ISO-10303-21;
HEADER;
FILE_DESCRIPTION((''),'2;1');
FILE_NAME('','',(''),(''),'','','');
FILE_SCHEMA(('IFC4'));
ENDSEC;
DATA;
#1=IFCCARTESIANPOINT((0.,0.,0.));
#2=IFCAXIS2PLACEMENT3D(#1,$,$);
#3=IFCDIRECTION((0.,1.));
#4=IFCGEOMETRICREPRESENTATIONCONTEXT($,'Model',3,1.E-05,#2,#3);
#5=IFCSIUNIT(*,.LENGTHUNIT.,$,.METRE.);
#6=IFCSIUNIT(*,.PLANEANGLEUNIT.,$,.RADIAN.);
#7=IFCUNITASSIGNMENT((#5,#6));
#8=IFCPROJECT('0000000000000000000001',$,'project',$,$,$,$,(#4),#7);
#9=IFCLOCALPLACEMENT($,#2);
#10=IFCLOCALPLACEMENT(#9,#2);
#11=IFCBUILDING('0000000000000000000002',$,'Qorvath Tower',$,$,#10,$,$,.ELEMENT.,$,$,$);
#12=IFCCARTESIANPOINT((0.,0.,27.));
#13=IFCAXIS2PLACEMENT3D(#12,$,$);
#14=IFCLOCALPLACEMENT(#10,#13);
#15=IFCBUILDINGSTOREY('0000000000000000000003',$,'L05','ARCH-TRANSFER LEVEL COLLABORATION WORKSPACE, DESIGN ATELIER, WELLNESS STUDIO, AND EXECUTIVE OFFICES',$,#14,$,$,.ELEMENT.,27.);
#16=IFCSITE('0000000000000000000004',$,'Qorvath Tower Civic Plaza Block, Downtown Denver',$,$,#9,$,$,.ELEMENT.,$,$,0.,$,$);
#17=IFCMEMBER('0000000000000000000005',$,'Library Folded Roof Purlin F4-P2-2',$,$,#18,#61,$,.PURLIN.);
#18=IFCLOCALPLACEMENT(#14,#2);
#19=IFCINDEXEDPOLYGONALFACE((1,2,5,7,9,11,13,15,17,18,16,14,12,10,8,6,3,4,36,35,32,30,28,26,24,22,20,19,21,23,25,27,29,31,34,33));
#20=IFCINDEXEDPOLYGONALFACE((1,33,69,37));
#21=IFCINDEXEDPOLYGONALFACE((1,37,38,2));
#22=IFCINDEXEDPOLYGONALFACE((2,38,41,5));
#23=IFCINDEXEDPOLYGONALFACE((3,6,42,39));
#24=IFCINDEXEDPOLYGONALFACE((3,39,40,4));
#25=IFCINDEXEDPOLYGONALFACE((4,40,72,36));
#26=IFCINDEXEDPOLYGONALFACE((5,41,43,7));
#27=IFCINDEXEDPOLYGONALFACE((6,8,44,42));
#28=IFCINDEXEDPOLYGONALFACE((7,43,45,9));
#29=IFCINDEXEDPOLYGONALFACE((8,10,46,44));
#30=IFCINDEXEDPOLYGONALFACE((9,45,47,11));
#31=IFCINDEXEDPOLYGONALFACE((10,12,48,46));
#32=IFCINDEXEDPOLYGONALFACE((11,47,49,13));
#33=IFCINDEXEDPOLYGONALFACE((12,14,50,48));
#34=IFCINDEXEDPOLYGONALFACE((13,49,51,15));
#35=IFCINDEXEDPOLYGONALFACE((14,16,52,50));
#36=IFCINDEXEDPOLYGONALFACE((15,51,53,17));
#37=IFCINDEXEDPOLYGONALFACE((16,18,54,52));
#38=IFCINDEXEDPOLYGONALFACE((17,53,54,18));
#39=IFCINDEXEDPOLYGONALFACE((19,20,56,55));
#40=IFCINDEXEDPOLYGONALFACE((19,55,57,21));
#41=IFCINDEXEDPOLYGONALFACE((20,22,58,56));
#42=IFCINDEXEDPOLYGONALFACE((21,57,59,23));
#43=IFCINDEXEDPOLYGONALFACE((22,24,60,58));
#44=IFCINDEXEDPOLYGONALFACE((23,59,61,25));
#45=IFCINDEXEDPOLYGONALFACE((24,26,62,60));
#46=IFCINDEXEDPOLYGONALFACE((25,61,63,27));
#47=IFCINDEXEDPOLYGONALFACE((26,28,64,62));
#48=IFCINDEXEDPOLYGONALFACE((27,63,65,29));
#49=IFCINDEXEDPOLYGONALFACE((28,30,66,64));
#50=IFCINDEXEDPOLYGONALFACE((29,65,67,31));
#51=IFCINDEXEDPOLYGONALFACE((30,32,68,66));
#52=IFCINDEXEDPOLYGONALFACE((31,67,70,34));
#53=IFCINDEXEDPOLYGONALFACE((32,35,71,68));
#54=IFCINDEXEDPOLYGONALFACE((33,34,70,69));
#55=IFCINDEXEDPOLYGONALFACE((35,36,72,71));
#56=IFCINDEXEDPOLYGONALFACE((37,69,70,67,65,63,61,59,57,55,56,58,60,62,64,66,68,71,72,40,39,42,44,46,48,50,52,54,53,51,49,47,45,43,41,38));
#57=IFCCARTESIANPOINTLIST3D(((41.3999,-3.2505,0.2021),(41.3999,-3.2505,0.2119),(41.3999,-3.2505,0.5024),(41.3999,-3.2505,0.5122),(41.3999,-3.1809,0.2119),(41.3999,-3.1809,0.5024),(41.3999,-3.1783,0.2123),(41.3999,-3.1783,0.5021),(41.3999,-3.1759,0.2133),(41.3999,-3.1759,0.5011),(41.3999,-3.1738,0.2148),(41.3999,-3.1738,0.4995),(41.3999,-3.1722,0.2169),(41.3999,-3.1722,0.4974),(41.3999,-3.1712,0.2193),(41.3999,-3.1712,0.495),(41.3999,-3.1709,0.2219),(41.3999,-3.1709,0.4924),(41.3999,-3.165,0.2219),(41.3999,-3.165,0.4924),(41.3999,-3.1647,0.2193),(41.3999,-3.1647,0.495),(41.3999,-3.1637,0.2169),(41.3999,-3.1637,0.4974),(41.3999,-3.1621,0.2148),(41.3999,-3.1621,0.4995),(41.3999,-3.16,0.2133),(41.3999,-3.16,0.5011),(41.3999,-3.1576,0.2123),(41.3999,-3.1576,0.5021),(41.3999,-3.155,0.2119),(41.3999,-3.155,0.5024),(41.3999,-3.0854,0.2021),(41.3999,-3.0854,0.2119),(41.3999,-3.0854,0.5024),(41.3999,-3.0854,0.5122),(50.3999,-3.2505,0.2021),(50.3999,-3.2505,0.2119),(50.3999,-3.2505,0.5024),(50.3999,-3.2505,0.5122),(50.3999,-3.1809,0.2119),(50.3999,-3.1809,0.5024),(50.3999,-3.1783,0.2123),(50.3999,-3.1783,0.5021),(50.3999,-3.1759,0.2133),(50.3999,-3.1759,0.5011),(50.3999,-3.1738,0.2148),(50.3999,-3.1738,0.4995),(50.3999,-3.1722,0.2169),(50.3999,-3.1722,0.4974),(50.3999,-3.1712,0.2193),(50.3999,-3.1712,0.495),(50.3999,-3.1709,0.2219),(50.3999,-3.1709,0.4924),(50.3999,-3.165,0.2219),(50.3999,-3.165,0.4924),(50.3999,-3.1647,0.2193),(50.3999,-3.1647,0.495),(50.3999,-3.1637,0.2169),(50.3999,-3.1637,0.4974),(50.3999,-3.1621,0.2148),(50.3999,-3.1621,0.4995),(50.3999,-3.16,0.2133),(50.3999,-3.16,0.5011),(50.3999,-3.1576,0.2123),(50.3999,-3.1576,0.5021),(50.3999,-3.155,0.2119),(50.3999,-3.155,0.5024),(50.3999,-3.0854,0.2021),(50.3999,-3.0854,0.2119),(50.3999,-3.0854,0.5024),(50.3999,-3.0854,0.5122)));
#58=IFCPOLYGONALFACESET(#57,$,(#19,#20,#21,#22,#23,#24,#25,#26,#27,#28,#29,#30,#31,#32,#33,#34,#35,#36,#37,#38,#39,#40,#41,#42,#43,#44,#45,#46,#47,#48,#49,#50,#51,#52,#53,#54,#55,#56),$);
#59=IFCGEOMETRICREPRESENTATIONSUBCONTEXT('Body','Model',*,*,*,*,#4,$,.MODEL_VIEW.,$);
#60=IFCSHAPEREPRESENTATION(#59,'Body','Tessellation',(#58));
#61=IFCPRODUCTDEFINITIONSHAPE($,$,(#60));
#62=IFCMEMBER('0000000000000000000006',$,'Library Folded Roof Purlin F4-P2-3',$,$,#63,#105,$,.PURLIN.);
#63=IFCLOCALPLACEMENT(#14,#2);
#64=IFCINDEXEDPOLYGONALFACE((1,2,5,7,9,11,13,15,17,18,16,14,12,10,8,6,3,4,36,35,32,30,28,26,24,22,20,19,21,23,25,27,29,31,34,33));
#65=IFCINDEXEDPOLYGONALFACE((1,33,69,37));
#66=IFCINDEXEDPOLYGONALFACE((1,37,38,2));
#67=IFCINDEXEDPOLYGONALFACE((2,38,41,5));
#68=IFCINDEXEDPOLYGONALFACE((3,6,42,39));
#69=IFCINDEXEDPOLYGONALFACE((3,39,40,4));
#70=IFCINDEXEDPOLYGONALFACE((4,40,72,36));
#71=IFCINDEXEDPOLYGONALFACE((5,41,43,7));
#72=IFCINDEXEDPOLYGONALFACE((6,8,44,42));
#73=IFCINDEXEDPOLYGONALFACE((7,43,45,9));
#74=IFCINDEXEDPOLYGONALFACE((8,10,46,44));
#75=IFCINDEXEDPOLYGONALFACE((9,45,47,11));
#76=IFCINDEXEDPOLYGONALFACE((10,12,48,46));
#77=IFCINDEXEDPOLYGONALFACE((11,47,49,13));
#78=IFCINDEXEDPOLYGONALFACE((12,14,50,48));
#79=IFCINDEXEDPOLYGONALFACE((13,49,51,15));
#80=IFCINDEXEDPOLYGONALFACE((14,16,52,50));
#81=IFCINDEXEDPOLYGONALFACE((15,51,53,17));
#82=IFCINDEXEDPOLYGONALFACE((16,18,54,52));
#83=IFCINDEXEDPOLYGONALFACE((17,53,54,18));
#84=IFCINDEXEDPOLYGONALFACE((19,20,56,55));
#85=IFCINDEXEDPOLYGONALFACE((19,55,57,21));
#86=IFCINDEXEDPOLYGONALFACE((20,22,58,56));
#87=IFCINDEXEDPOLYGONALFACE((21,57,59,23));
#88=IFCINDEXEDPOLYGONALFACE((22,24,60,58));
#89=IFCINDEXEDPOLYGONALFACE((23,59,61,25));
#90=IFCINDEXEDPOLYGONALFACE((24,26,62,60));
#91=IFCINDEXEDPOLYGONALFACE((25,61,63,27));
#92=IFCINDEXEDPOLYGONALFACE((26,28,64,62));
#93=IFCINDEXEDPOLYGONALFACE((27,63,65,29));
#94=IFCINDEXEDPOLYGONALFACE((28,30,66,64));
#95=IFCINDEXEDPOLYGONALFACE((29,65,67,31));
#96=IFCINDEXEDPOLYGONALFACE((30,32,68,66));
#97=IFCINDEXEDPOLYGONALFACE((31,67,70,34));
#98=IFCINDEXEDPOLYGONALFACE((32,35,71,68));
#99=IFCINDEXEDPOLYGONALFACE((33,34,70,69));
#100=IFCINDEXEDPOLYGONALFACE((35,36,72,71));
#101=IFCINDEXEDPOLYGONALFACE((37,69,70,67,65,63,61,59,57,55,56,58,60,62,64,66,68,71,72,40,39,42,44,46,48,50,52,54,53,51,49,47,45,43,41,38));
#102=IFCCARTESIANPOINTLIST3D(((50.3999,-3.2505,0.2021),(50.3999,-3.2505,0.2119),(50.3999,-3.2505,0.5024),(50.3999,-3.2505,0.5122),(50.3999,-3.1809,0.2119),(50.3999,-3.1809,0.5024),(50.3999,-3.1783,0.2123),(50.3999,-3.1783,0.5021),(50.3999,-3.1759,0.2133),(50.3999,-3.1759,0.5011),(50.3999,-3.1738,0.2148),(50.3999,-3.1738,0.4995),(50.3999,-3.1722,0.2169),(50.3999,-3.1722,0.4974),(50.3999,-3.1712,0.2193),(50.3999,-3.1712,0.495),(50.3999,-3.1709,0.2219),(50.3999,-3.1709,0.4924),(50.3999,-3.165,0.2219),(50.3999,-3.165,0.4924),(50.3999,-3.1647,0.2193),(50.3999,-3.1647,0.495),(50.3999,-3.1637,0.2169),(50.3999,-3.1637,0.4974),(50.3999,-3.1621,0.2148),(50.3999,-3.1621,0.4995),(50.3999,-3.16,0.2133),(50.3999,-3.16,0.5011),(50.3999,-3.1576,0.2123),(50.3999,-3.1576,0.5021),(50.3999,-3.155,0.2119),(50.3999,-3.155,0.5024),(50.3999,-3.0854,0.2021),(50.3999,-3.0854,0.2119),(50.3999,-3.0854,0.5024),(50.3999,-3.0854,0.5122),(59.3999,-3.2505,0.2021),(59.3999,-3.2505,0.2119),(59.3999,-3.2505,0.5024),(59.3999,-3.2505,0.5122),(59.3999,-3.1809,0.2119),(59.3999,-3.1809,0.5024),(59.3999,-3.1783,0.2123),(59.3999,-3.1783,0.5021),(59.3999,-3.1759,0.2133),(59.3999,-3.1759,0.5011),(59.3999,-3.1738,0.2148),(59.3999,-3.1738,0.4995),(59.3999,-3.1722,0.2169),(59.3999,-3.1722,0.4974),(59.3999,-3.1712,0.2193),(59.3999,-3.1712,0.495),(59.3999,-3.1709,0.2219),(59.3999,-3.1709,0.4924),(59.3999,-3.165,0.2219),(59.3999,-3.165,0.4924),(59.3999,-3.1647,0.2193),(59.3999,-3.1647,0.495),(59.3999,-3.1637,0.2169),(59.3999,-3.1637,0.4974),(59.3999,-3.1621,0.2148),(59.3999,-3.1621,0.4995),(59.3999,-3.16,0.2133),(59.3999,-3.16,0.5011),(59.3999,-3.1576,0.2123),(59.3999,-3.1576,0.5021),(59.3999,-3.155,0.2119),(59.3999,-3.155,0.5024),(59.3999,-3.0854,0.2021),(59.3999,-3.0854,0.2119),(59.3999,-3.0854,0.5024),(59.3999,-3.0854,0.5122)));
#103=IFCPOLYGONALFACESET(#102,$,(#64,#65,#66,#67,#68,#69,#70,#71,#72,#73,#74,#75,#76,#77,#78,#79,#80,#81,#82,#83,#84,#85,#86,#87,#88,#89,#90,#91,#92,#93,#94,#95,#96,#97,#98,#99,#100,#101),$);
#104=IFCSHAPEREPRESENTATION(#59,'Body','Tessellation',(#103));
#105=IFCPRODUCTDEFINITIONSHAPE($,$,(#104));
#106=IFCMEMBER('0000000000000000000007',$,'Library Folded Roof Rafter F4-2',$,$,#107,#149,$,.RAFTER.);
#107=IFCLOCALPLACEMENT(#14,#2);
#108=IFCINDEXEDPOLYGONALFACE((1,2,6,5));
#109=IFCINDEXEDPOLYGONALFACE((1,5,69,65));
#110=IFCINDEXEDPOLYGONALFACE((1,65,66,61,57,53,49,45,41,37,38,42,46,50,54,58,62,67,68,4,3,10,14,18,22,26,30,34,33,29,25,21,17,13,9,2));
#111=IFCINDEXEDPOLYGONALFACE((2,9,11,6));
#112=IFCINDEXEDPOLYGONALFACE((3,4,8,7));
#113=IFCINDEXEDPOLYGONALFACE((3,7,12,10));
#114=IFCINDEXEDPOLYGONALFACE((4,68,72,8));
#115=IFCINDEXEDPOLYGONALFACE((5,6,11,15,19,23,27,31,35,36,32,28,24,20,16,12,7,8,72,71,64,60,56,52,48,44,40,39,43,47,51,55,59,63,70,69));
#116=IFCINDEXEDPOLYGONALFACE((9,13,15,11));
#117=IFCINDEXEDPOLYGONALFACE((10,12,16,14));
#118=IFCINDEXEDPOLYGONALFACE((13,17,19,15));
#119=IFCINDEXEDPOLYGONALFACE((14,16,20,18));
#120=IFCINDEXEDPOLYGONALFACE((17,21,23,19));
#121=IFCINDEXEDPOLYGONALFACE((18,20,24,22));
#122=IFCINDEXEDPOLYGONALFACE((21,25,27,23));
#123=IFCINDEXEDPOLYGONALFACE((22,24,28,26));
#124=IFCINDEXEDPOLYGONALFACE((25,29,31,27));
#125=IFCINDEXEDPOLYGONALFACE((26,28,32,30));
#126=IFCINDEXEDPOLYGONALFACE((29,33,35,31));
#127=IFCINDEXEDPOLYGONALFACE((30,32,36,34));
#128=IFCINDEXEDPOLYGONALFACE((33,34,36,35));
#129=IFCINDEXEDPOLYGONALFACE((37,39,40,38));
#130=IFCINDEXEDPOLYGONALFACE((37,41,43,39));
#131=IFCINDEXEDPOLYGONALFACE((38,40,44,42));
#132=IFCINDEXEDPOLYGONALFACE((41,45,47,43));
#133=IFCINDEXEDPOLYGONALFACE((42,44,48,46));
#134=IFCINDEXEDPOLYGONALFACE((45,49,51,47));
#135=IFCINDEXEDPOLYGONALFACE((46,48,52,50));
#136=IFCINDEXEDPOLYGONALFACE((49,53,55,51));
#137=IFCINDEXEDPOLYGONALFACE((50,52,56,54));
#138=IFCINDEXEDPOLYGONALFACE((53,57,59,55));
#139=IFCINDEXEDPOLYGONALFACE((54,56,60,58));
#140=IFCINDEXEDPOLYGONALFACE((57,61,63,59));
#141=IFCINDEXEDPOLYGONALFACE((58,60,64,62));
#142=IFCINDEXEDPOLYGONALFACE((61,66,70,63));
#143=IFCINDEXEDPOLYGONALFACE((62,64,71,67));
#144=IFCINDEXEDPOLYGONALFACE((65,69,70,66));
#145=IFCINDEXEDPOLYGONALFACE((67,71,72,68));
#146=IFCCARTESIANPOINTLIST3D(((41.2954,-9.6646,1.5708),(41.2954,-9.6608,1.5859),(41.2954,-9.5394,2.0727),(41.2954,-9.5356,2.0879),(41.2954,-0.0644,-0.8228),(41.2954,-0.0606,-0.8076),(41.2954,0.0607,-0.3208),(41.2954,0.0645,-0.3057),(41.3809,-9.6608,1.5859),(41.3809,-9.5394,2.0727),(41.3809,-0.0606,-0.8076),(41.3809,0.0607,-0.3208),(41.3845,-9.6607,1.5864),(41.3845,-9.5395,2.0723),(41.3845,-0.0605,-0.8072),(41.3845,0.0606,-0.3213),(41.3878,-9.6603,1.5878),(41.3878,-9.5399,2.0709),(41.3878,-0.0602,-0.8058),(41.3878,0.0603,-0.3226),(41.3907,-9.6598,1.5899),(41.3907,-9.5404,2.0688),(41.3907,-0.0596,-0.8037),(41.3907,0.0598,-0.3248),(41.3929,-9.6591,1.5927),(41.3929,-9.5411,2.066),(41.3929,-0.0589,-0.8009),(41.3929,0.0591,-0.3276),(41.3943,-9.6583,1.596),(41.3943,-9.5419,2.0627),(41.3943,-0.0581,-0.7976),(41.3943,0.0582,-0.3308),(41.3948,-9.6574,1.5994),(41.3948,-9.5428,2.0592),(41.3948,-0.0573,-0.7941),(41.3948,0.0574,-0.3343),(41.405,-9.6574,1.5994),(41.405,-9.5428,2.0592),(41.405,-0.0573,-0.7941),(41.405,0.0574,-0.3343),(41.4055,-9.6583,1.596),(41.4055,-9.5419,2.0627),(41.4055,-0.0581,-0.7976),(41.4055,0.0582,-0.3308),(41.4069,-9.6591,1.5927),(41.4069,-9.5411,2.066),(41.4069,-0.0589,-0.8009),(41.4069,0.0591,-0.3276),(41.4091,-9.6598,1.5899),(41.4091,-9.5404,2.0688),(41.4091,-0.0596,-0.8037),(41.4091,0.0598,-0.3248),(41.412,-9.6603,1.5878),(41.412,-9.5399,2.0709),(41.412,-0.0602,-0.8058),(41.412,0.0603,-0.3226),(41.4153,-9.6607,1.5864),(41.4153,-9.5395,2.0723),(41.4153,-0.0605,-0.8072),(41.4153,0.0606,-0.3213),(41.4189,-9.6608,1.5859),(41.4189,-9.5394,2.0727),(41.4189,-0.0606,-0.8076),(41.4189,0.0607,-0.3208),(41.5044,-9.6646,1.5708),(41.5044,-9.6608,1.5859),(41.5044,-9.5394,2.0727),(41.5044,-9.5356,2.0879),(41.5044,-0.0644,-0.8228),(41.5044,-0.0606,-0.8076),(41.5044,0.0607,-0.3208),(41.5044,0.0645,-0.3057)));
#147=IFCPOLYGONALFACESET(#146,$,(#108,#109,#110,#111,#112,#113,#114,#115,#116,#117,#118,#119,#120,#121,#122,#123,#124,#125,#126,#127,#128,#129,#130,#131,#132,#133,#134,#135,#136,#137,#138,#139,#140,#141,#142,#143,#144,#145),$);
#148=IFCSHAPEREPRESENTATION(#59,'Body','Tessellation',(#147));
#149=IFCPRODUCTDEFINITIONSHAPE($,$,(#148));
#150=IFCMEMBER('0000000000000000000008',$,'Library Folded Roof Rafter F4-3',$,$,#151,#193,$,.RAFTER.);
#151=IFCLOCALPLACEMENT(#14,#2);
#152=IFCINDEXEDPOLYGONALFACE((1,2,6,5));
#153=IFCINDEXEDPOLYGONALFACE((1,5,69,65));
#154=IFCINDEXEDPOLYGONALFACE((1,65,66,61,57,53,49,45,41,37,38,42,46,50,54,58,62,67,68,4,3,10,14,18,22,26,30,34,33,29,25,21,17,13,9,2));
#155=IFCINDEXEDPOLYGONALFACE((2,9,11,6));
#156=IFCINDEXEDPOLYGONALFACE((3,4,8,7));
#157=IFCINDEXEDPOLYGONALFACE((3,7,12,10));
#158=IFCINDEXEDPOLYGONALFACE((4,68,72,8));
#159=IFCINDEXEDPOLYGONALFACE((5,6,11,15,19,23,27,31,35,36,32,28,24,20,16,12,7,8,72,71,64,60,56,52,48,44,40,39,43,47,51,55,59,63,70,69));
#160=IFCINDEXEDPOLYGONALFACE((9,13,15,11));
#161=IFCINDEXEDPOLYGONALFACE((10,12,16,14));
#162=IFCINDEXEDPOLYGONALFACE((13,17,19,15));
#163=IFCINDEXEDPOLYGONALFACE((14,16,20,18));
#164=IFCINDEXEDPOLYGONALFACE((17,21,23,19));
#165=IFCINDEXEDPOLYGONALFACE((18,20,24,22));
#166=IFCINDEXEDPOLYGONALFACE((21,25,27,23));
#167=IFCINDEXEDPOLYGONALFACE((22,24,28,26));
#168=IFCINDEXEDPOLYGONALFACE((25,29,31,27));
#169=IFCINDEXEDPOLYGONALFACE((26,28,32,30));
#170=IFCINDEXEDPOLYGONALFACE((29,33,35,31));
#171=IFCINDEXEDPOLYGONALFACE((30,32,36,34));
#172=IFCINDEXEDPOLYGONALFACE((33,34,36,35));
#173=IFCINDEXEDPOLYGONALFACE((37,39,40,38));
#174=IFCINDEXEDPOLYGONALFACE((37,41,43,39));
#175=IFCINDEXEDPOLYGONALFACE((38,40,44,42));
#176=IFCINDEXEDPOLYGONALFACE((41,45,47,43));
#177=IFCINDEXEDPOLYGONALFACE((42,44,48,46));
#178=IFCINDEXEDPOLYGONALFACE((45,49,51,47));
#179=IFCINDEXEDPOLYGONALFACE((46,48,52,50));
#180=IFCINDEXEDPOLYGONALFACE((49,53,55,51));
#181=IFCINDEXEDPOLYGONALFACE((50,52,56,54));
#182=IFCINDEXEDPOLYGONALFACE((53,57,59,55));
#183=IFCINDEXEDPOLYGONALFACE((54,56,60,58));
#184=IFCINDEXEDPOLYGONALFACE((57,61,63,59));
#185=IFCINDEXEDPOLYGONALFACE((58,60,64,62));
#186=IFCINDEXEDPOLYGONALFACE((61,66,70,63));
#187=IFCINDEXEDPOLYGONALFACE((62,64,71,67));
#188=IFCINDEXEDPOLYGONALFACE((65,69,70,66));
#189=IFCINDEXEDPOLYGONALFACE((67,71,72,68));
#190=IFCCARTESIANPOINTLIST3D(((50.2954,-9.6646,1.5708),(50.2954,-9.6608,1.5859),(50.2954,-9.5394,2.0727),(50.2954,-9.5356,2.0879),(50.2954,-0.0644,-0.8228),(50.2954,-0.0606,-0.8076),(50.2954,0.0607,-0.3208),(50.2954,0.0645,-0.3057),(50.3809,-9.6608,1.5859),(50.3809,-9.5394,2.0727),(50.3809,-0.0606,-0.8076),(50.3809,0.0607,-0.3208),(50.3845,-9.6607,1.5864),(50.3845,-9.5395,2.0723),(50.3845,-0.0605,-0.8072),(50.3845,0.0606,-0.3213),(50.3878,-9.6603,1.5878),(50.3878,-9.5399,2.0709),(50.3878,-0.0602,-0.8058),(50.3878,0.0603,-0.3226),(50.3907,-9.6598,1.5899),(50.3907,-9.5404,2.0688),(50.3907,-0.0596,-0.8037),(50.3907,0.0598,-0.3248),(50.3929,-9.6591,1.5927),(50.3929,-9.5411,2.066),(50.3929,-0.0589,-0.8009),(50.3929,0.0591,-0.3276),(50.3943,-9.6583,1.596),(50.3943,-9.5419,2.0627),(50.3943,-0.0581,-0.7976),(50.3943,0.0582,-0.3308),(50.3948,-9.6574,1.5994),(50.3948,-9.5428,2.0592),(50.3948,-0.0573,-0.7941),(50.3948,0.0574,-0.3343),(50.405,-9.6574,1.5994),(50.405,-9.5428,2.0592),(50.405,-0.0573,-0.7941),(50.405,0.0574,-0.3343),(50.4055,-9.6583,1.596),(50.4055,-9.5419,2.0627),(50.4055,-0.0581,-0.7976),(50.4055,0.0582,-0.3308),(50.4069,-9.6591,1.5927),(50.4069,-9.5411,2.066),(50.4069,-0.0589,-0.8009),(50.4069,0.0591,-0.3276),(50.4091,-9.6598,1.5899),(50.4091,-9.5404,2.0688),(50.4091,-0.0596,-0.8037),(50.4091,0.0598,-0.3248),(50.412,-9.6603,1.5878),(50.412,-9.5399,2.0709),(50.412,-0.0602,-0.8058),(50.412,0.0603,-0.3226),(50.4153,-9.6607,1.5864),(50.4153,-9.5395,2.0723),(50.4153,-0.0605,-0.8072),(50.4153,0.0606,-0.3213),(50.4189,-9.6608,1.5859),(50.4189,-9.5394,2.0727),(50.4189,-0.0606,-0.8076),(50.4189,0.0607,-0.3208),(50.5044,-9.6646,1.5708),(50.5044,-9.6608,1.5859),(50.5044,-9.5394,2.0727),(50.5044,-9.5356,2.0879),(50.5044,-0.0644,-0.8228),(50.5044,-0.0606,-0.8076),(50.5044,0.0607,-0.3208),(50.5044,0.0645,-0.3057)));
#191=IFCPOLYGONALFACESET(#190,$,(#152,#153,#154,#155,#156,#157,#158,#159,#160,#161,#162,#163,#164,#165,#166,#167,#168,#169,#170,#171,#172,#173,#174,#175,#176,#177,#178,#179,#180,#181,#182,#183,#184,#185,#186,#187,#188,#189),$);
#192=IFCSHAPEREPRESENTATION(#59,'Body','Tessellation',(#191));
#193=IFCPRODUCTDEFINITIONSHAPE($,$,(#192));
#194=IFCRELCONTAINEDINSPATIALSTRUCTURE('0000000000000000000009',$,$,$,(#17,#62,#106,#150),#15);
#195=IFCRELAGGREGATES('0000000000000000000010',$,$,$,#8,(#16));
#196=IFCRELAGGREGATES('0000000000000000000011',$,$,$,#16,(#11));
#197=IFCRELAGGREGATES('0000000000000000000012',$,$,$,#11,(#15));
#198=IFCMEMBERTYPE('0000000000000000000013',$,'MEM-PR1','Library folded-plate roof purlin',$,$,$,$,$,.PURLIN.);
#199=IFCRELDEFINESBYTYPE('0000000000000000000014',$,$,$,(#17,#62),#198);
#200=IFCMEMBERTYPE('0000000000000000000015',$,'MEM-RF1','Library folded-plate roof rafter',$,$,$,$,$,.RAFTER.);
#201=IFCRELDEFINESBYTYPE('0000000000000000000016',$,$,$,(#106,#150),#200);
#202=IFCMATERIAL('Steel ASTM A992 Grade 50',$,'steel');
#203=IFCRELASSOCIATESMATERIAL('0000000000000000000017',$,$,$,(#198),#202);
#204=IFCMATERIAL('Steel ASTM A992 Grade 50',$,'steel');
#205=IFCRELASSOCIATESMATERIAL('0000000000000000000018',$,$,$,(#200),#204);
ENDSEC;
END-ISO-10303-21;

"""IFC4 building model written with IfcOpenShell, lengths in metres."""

from ifc_helpers import new_model, si_unit, direction, frame, origin, origin_2d, place, context, subcontext, project, spatial, i_section, extrude, material, material_profile, profile_set, type_object, element, save


model = new_model("IFC4")

# Units and contexts
model_context = context("Model", 3, precision=1e-05, world=origin(), true_north=direction((0.0, 1.0)))
body_context = subcontext(model_context, "Body", "Model", "MODEL_VIEW")
ifc_project = project(units=[si_unit("LENGTHUNIT", "METRE"), si_unit("PLANEANGLEUNIT", "RADIAN")], contexts=[model_context])

# Site, building, storey
site_placement = place(None, origin())
site = spatial("IfcSite", under=ifc_project, at=site_placement, Name="Qorvath Tower Civic Plaza Block, Downtown Denver", CompositionType="ELEMENT", RefElevation=0.0)
building_placement = place(site_placement, origin())
building = spatial("IfcBuilding", under=site, at=building_placement, Name="Qorvath Tower", CompositionType="ELEMENT")
storey_placement = place(building_placement, frame((0.0, 0.0, 27.0)))
storey = spatial("IfcBuildingStorey", under=building, at=storey_placement, Name="L05", Description="ARCH-TRANSFER LEVEL COLLABORATION WORKSPACE, DESIGN ATELIER, WELLNESS STUDIO, AND EXECUTIVE OFFICES", CompositionType="ELEMENT", Elevation=27.0)

# Members
ifc_material_1 = material(Name="Steel ASTM A992 Grade 50", Category="steel")
ifc_material_profile_1 = material_profile(ifc_material_1, i_section(OverallWidth=0.165, OverallDepth=0.3101, WebThickness=0.0059, FlangeThickness=0.0098, FilletRadius=0.01, at=origin_2d()), Name="W12x26")
ifc_profile_set_1 = profile_set([ifc_material_profile_1], Name="Steel ASTM A992 Grade 50")
member_type_1 = type_object("IfcMemberType", Name="MEM-PR1", Description="Library folded-plate roof purlin", PredefinedType="PURLIN", material=ifc_profile_set_1)
for number, where, z_axis, x_axis, name in (
    (1, (41.3999, -3.168, 0.3572), (1.0, 0.0, 0.0), (0.0, 1.0, 0.0), "Library Folded Roof Purlin F4-P2-2"),
    (2, (50.3999, -3.168, 0.3572), (1.0, 0.0, 0.0), (0.0, 1.0, 0.0), "Library Folded Roof Purlin F4-P2-3"),
):
    element("IfcMember", number, at=place(storey_placement, frame(where, z_axis=z_axis, x_axis=x_axis)), inside=storey, type_object=member_type_1, Name=name, PredefinedType="PURLIN", context=body_context, shape_type="SweptSolid", body=[
        extrude(i_section(OverallWidth=0.165, OverallDepth=0.3101, WebThickness=0.0059, FlangeThickness=0.0098, FilletRadius=0.01, at=origin_2d()), origin(), (0.0, 0.0, 1.0), 9.0),
    ])
ifc_material_2 = material(Name="Steel ASTM A992 Grade 50", Category="steel")
ifc_material_profile_2 = material_profile(ifc_material_2, i_section(OverallWidth=0.209, OverallDepth=0.533, WebThickness=0.0103, FlangeThickness=0.0156, FilletRadius=0.0139, at=origin_2d()), Name="W21x62")
ifc_profile_set_2 = profile_set([ifc_material_profile_2], Name="Steel ASTM A992 Grade 50")
member_type_2 = type_object("IfcMemberType", Name="MEM-RF1", Description="Library folded-plate roof rafter", PredefinedType="RAFTER", material=ifc_profile_set_2)
for number, where, z_axis, x_axis, name in (
    (3, (41.3999, -9.6001, 1.8293), (0.0, 0.970296, -0.24192), (-1.0, 0.0, 0.0), "Library Folded Roof Rafter F4-2"),
    (4, (50.3999, -9.6001, 1.8293), (0.0, 0.970296, -0.24192), (-1.0, 0.0, 0.0), "Library Folded Roof Rafter F4-3"),
):
    element("IfcMember", number, at=place(storey_placement, frame(where, z_axis=z_axis, x_axis=x_axis)), inside=storey, type_object=member_type_2, Name=name, PredefinedType="RAFTER", context=body_context, shape_type="SweptSolid", body=[
        extrude(i_section(OverallWidth=0.209, OverallDepth=0.533, WebThickness=0.0103, FlangeThickness=0.0156, FilletRadius=0.0139, at=origin_2d()), origin(), (0.0, 0.0, 1.0), 9.894),
    ])

save(model, "model.ifc")
